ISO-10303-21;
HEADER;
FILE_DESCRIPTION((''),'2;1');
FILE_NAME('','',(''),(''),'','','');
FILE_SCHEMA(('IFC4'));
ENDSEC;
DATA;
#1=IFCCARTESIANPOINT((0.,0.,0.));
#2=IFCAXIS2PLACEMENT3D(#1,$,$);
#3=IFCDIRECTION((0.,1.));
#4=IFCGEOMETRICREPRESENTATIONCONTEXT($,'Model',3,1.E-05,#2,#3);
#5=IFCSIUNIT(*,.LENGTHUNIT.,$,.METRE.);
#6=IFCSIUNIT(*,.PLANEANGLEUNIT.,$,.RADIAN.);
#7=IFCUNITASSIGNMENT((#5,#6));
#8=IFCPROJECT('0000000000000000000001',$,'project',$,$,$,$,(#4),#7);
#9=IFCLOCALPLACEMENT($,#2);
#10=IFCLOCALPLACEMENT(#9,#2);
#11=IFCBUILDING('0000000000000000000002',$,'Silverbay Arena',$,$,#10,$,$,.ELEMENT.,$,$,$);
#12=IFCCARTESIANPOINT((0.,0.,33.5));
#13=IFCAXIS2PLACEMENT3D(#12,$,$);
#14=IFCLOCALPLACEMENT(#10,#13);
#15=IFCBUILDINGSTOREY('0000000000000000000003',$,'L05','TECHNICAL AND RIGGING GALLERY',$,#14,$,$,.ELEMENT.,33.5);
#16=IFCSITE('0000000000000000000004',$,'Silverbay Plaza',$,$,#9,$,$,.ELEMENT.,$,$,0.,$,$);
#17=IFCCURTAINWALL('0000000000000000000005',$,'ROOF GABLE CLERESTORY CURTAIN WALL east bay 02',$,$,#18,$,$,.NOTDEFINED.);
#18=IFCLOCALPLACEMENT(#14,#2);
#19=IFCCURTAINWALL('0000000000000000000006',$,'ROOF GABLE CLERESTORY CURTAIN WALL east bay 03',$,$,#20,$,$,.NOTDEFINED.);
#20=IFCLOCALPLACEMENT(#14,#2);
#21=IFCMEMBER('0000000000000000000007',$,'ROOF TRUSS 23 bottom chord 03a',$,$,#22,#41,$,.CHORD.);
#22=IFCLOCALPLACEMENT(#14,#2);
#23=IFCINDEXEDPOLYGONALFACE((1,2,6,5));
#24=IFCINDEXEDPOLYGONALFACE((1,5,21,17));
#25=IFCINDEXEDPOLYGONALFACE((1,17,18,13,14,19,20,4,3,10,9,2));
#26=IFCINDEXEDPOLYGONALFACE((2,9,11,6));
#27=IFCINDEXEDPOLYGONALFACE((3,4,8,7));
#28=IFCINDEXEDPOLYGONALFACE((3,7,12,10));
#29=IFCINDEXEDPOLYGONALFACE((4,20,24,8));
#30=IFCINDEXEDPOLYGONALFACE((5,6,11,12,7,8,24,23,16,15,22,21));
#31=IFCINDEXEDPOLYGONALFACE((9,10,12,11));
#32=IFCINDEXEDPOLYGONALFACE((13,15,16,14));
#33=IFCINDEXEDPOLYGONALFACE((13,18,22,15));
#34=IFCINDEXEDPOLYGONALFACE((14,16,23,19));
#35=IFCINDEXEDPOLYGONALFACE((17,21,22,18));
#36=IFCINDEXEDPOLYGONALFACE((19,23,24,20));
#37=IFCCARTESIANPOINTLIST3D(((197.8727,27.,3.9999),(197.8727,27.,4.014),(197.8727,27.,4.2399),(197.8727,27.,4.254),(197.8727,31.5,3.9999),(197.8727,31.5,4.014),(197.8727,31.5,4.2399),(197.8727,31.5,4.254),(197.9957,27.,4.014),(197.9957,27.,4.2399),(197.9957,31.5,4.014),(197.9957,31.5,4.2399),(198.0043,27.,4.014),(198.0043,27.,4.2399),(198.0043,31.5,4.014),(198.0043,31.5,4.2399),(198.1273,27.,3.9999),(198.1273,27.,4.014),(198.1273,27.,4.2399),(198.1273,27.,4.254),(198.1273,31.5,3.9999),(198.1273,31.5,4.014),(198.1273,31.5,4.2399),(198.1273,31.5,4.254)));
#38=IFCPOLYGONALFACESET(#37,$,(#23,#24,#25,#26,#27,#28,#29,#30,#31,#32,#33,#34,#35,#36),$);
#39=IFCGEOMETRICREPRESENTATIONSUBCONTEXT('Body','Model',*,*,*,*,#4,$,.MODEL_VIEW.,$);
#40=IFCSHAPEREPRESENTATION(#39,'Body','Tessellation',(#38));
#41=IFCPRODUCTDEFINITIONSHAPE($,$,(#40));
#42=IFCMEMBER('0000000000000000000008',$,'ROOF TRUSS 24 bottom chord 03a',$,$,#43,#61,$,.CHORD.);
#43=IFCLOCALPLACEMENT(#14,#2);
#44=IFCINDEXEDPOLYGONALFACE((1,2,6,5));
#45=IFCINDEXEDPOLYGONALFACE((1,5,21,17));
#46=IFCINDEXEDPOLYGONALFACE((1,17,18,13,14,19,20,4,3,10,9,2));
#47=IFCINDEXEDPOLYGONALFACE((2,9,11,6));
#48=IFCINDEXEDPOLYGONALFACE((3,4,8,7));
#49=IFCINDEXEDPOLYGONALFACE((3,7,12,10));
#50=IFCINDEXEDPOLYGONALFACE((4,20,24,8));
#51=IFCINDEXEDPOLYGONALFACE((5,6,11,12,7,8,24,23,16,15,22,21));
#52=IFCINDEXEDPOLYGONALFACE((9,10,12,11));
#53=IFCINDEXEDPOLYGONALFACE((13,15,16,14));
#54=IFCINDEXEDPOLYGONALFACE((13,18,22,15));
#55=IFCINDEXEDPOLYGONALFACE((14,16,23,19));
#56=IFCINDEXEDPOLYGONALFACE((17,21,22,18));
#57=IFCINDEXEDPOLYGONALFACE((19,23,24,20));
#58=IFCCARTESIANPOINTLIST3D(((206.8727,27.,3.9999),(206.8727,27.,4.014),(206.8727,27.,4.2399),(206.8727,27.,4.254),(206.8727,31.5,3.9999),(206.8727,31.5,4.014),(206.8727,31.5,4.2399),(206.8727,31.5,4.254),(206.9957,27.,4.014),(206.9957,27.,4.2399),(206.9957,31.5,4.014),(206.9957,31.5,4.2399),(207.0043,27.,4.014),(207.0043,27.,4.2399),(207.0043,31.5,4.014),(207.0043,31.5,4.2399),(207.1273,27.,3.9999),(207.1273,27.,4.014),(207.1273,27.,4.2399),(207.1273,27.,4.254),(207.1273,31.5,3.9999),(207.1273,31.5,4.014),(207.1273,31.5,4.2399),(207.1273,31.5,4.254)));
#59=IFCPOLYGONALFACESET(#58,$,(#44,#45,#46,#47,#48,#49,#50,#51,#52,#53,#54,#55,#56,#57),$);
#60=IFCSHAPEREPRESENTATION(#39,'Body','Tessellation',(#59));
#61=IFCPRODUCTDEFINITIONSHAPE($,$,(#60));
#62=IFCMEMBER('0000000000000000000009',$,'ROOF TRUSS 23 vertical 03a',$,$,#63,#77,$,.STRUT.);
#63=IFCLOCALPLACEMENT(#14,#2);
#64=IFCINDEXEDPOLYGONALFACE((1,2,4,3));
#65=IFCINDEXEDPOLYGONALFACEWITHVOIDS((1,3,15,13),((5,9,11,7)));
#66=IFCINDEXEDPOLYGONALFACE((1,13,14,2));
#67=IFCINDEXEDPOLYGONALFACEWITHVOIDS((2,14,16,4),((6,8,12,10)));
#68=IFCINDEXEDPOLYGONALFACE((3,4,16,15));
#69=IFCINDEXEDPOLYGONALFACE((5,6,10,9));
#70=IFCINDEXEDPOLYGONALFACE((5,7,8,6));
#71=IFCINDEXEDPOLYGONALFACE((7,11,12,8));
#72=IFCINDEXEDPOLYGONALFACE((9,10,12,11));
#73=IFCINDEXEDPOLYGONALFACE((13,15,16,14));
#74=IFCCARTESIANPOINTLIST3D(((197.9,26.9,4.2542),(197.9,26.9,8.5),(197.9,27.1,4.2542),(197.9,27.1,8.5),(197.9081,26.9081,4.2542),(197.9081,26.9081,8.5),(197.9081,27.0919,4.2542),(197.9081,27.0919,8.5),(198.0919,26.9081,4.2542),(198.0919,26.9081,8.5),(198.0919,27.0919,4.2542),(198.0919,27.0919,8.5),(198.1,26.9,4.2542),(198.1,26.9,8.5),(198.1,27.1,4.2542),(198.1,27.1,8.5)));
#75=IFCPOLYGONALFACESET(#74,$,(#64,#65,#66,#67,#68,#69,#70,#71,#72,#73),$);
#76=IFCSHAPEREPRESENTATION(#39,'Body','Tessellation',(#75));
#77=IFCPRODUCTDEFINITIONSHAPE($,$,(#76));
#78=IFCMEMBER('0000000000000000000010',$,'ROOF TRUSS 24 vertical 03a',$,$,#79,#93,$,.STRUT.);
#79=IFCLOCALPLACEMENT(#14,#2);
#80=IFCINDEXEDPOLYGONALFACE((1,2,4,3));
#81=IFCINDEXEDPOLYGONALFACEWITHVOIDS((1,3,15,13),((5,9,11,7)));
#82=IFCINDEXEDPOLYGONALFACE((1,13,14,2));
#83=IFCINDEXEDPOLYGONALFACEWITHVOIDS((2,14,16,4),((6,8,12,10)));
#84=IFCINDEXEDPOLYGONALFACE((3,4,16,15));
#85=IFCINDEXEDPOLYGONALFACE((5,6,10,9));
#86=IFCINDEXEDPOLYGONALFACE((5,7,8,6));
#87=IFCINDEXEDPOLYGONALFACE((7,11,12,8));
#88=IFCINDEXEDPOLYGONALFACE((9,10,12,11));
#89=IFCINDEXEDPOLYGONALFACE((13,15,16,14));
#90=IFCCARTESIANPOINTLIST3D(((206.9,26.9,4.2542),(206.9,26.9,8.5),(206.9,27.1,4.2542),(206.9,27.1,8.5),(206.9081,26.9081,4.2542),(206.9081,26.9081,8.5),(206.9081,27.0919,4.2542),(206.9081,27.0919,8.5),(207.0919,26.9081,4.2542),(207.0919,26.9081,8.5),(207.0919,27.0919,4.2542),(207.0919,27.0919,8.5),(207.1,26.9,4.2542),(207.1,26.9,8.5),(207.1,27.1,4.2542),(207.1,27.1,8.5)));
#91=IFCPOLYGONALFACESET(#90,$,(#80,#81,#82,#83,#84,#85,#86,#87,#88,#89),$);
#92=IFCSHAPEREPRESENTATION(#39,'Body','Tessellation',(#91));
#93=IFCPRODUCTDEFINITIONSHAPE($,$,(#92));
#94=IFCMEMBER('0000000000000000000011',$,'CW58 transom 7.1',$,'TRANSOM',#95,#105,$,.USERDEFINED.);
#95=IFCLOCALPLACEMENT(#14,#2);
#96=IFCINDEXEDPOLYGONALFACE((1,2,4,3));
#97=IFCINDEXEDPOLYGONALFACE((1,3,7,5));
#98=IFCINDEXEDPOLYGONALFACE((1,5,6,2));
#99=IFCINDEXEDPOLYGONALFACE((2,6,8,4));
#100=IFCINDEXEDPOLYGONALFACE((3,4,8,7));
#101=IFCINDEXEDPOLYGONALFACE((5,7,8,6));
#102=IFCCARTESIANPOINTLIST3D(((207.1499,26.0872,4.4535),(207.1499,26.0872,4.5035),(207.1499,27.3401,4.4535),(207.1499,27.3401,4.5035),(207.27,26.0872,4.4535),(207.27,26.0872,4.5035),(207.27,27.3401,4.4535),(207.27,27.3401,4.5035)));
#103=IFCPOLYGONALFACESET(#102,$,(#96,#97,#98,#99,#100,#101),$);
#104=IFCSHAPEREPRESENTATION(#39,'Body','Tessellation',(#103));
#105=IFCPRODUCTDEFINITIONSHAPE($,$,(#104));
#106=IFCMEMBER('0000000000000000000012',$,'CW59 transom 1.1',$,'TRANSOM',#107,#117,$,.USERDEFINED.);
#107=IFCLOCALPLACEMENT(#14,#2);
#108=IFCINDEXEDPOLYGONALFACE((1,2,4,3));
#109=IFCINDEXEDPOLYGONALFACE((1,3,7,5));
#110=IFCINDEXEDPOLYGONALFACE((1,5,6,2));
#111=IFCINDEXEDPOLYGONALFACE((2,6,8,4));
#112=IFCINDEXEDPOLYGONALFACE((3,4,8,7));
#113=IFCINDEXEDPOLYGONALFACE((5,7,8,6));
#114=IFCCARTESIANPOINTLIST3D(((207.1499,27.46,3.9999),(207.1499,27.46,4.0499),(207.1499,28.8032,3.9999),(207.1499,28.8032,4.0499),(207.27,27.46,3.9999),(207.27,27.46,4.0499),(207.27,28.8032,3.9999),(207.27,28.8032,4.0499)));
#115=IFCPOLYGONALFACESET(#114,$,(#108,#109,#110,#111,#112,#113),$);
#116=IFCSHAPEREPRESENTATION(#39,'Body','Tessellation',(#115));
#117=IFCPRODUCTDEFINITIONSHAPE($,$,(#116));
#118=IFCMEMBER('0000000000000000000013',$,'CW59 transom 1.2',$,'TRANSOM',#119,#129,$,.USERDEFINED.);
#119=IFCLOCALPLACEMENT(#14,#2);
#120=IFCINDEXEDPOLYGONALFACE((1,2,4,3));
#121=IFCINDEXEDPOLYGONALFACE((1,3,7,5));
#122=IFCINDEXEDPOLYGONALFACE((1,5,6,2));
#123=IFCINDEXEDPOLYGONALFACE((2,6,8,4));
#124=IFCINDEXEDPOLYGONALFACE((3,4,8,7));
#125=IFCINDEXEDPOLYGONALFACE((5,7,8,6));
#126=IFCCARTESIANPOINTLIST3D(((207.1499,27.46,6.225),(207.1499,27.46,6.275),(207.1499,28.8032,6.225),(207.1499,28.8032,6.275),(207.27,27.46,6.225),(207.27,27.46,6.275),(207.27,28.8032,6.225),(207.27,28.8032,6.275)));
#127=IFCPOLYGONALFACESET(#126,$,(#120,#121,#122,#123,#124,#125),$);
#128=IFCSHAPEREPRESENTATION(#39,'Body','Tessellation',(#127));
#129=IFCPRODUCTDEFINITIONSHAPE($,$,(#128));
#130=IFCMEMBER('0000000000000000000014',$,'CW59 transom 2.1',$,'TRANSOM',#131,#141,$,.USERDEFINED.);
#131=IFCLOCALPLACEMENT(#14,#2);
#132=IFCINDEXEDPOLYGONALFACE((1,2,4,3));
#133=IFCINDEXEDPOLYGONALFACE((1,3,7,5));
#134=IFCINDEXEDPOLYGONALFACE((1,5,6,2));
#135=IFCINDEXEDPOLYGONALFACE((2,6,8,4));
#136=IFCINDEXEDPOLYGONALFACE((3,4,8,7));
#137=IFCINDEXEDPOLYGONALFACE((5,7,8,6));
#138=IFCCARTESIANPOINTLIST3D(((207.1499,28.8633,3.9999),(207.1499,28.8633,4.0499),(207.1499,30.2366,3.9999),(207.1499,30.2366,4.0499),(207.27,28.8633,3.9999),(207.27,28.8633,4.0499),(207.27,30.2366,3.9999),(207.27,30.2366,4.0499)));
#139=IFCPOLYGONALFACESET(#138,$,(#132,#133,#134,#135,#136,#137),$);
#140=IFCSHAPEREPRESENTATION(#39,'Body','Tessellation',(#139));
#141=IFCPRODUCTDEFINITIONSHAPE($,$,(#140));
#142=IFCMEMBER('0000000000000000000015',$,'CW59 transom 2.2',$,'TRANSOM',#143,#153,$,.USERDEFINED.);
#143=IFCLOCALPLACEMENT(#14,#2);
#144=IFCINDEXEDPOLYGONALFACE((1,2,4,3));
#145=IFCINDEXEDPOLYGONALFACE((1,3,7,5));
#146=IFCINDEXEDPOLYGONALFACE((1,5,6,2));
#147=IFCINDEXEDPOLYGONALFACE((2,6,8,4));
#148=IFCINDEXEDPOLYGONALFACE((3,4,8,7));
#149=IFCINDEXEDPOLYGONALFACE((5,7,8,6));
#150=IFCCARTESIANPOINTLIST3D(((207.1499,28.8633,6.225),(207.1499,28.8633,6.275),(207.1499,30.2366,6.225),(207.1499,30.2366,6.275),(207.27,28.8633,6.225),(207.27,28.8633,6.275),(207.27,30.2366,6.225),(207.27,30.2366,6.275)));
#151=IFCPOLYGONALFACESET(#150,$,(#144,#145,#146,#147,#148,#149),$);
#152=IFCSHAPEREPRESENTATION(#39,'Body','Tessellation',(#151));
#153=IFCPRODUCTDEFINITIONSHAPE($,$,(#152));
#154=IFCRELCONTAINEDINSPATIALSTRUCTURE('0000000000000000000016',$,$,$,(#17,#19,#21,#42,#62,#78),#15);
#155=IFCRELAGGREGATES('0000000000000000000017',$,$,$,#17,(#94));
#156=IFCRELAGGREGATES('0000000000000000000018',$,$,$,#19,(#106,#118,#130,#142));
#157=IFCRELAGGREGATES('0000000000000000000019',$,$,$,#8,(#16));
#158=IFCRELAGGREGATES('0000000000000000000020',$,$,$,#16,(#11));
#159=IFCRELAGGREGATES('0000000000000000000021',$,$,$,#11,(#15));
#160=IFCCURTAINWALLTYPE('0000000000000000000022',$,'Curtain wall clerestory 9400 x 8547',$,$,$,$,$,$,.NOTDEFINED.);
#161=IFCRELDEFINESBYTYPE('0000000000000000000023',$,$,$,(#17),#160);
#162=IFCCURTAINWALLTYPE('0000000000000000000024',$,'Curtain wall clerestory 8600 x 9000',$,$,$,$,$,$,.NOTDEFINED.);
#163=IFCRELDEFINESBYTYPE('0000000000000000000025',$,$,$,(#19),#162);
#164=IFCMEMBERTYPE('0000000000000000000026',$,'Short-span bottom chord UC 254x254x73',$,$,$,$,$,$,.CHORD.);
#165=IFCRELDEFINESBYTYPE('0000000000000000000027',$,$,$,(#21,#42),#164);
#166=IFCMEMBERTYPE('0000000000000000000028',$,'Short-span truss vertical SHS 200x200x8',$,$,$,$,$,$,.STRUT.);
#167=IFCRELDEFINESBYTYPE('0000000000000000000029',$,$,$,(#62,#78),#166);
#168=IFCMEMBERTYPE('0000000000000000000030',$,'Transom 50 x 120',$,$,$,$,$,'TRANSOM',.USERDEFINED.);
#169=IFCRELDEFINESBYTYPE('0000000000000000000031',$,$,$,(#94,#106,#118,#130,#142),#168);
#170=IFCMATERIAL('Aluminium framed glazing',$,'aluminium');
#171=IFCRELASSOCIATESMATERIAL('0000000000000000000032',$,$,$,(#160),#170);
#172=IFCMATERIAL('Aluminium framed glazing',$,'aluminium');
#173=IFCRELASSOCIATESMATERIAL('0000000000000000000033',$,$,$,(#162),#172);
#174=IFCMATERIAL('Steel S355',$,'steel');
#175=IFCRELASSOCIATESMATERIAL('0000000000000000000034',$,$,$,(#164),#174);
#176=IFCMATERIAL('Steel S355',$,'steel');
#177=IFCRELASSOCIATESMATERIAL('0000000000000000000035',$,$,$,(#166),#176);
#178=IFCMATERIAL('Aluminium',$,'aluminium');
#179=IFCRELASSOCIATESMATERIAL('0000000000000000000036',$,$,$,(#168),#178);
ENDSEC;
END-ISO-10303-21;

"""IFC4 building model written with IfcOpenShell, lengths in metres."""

from ifc_helpers import new_model, si_unit, direction, frame, origin, origin_2d, place, context, subcontext, project, spatial, rectangle, hollow_rectangle, i_section, extrude, material, material_profile, profile_set, type_object, element, aggregate, save


model = new_model("IFC4")

# Units and contexts
model_context = context("Model", 3, precision=1e-05, world=origin(), true_north=direction((0.0, 1.0)))
body_context = subcontext(model_context, "Body", "Model", "MODEL_VIEW")
ifc_project = project(units=[si_unit("LENGTHUNIT", "METRE"), si_unit("PLANEANGLEUNIT", "RADIAN")], contexts=[model_context])

# Site, building, storey
site_placement = place(None, origin())
site = spatial("IfcSite", under=ifc_project, at=site_placement, Name="Silverbay Plaza", CompositionType="ELEMENT", RefElevation=0.0)
building_placement = place(site_placement, origin())
building = spatial("IfcBuilding", under=site, at=building_placement, Name="Silverbay Arena", CompositionType="ELEMENT")
storey_placement = place(building_placement, frame((0.0, 0.0, 33.5)))
storey = spatial("IfcBuildingStorey", under=building, at=storey_placement, Name="L05", Description="TECHNICAL AND RIGGING GALLERY", CompositionType="ELEMENT", Elevation=33.5)

# Curtain walls
ifc_material_1 = material(Name="Aluminium framed glazing", Category="aluminium")
curtain_wall_type_1 = type_object("IfcCurtainWallType", Name="Curtain wall clerestory 9400 x 8547", PredefinedType="NOTDEFINED", material=ifc_material_1)
curtain_wall_1_placement = place(storey_placement, origin())
curtain_wall_1 = element("IfcCurtainWall", 1, at=curtain_wall_1_placement, inside=storey, type_object=curtain_wall_type_1, Name="ROOF GABLE CLERESTORY CURTAIN WALL east bay 02", PredefinedType="NOTDEFINED")
ifc_material_2 = material(Name="Aluminium framed glazing", Category="aluminium")
curtain_wall_type_2 = type_object("IfcCurtainWallType", Name="Curtain wall clerestory 8600 x 9000", PredefinedType="NOTDEFINED", material=ifc_material_2)
curtain_wall_2_placement = place(storey_placement, origin())
curtain_wall_2 = element("IfcCurtainWall", 2, at=curtain_wall_2_placement, inside=storey, type_object=curtain_wall_type_2, Name="ROOF GABLE CLERESTORY CURTAIN WALL east bay 03", PredefinedType="NOTDEFINED")

# Members
ifc_material_3 = material(Name="Steel S355", Category="steel")
ifc_material_profile_1 = material_profile(ifc_material_3, i_section(OverallWidth=0.2546, OverallDepth=0.2542, WebThickness=0.0085, FlangeThickness=0.0142, at=origin_2d()), Name="UC 254x254x73")
ifc_profile_set_1 = profile_set([ifc_material_profile_1], Name="Steel S355")
member_type_1 = type_object("IfcMemberType", Name="Short-span bottom chord UC 254x254x73", PredefinedType="CHORD", material=ifc_profile_set_1)
for number, where, z_axis, x_axis, name in (
    (3, (198.0, 27.0, 4.127), (0.0, 1.0, 0.0), (-1.0, 0.0, 0.0), "ROOF TRUSS 23 bottom chord 03a"),
    (4, (207.0, 27.0, 4.127), (0.0, 1.0, 0.0), (-1.0, 0.0, 0.0), "ROOF TRUSS 24 bottom chord 03a"),
):
    element("IfcMember", number, at=place(storey_placement, frame(where, z_axis=z_axis, x_axis=x_axis)), inside=storey, type_object=member_type_1, Name=name, PredefinedType="CHORD", context=body_context, shape_type="SweptSolid", body=[
        extrude(i_section(OverallWidth=0.2546, OverallDepth=0.2542, WebThickness=0.0085, FlangeThickness=0.0142, at=origin_2d()), origin(), (0.0, 0.0, 1.0), 4.5),
    ])
ifc_material_4 = material(Name="Steel S355", Category="steel")
ifc_material_profile_2 = material_profile(ifc_material_4, hollow_rectangle(XDim=0.2, YDim=0.2, WallThickness=0.0081, at=origin_2d()), Name="SHS 200x200x8")
ifc_profile_set_2 = profile_set([ifc_material_profile_2], Name="Steel S355")
member_type_2 = type_object("IfcMemberType", Name="Short-span truss vertical SHS 200x200x8", PredefinedType="STRUT", material=ifc_profile_set_2)
for number, where, z_axis, x_axis, name in (
    (5, (198.0, 27.0, 4.2542), (0.0, 0.0, 1.0), (1.0, 0.0, 0.0), "ROOF TRUSS 23 vertical 03a"),
    (6, (207.0, 27.0, 4.2542), (0.0, 0.0, 1.0), (1.0, 0.0, 0.0), "ROOF TRUSS 24 vertical 03a"),
):
    element("IfcMember", number, at=place(storey_placement, frame(where, z_axis=z_axis, x_axis=x_axis)), inside=storey, type_object=member_type_2, Name=name, PredefinedType="STRUT", context=body_context, shape_type="SweptSolid", body=[
        extrude(hollow_rectangle(XDim=0.2, YDim=0.2, WallThickness=0.0081, at=origin_2d()), origin(), (0.0, 0.0, 1.0), 4.2458),
    ])

# Members
ifc_material_5 = material(Name="Aluminium", Category="aluminium")
ifc_material_profile_3 = material_profile(ifc_material_5, rectangle(XDim=0.1201, YDim=0.05, at=origin_2d()), Name="Transom 50 x 120")
ifc_profile_set_3 = profile_set([ifc_material_profile_3], Name="Aluminium")
member_type_3 = type_object("IfcMemberType", Name="Transom 50 x 120", ElementType="TRANSOM", PredefinedType="USERDEFINED", material=ifc_profile_set_3)
member_1_placement = place(storey_placement, frame((207.21, 26.0872, 4.4785), z_axis=(0.0, 1.0, 0.0), x_axis=(-1.0, 0.0, 0.0)))
member_1 = element("IfcMember", 7, at=member_1_placement, type_object=member_type_3, Name="CW58 transom 7.1", ObjectType="TRANSOM", PredefinedType="USERDEFINED", context=body_context, shape_type="SweptSolid", body=[
    extrude(rectangle(XDim=0.1201, YDim=0.05, at=origin_2d()), origin(), (0.0, 0.0, 1.0), 1.2529),
])
member_2_placement = place(storey_placement, frame((207.21, 27.46, 4.0249), z_axis=(0.0, 1.0, 0.0), x_axis=(-1.0, 0.0, 0.0)))
member_2 = element("IfcMember", 8, at=member_2_placement, type_object=member_type_3, Name="CW59 transom 1.1", ObjectType="TRANSOM", PredefinedType="USERDEFINED", context=body_context, shape_type="SweptSolid", body=[
    extrude(rectangle(XDim=0.1201, YDim=0.05, at=origin_2d()), origin(), (0.0, 0.0, 1.0), 1.3433),
])
member_3_placement = place(storey_placement, frame((207.21, 27.46, 6.25), z_axis=(0.0, 1.0, 0.0), x_axis=(-1.0, 0.0, 0.0)))
member_3 = element("IfcMember", 9, at=member_3_placement, type_object=member_type_3, Name="CW59 transom 1.2", ObjectType="TRANSOM", PredefinedType="USERDEFINED", context=body_context, shape_type="SweptSolid", body=[
    extrude(rectangle(XDim=0.1201, YDim=0.05, at=origin_2d()), origin(), (0.0, 0.0, 1.0), 1.3433),
])
member_4_placement = place(storey_placement, frame((207.21, 28.8633, 4.0249), z_axis=(0.0, 1.0, 0.0), x_axis=(-1.0, 0.0, 0.0)))
member_4 = element("IfcMember", 10, at=member_4_placement, type_object=member_type_3, Name="CW59 transom 2.1", ObjectType="TRANSOM", PredefinedType="USERDEFINED", context=body_context, shape_type="SweptSolid", body=[
    extrude(rectangle(XDim=0.1201, YDim=0.05, at=origin_2d()), origin(), (0.0, 0.0, 1.0), 1.3733),
])
member_5_placement = place(storey_placement, frame((207.21, 28.8633, 6.25), z_axis=(0.0, 1.0, 0.0), x_axis=(-1.0, 0.0, 0.0)))
member_5 = element("IfcMember", 11, at=member_5_placement, type_object=member_type_3, Name="CW59 transom 2.2", ObjectType="TRANSOM", PredefinedType="USERDEFINED", context=body_context, shape_type="SweptSolid", body=[
    extrude(rectangle(XDim=0.1201, YDim=0.05, at=origin_2d()), origin(), (0.0, 0.0, 1.0), 1.3733),
])

aggregate(curtain_wall_1, [member_1])
aggregate(curtain_wall_2, [member_2, member_3, member_4, member_5])

save(model, "model.ifc")
